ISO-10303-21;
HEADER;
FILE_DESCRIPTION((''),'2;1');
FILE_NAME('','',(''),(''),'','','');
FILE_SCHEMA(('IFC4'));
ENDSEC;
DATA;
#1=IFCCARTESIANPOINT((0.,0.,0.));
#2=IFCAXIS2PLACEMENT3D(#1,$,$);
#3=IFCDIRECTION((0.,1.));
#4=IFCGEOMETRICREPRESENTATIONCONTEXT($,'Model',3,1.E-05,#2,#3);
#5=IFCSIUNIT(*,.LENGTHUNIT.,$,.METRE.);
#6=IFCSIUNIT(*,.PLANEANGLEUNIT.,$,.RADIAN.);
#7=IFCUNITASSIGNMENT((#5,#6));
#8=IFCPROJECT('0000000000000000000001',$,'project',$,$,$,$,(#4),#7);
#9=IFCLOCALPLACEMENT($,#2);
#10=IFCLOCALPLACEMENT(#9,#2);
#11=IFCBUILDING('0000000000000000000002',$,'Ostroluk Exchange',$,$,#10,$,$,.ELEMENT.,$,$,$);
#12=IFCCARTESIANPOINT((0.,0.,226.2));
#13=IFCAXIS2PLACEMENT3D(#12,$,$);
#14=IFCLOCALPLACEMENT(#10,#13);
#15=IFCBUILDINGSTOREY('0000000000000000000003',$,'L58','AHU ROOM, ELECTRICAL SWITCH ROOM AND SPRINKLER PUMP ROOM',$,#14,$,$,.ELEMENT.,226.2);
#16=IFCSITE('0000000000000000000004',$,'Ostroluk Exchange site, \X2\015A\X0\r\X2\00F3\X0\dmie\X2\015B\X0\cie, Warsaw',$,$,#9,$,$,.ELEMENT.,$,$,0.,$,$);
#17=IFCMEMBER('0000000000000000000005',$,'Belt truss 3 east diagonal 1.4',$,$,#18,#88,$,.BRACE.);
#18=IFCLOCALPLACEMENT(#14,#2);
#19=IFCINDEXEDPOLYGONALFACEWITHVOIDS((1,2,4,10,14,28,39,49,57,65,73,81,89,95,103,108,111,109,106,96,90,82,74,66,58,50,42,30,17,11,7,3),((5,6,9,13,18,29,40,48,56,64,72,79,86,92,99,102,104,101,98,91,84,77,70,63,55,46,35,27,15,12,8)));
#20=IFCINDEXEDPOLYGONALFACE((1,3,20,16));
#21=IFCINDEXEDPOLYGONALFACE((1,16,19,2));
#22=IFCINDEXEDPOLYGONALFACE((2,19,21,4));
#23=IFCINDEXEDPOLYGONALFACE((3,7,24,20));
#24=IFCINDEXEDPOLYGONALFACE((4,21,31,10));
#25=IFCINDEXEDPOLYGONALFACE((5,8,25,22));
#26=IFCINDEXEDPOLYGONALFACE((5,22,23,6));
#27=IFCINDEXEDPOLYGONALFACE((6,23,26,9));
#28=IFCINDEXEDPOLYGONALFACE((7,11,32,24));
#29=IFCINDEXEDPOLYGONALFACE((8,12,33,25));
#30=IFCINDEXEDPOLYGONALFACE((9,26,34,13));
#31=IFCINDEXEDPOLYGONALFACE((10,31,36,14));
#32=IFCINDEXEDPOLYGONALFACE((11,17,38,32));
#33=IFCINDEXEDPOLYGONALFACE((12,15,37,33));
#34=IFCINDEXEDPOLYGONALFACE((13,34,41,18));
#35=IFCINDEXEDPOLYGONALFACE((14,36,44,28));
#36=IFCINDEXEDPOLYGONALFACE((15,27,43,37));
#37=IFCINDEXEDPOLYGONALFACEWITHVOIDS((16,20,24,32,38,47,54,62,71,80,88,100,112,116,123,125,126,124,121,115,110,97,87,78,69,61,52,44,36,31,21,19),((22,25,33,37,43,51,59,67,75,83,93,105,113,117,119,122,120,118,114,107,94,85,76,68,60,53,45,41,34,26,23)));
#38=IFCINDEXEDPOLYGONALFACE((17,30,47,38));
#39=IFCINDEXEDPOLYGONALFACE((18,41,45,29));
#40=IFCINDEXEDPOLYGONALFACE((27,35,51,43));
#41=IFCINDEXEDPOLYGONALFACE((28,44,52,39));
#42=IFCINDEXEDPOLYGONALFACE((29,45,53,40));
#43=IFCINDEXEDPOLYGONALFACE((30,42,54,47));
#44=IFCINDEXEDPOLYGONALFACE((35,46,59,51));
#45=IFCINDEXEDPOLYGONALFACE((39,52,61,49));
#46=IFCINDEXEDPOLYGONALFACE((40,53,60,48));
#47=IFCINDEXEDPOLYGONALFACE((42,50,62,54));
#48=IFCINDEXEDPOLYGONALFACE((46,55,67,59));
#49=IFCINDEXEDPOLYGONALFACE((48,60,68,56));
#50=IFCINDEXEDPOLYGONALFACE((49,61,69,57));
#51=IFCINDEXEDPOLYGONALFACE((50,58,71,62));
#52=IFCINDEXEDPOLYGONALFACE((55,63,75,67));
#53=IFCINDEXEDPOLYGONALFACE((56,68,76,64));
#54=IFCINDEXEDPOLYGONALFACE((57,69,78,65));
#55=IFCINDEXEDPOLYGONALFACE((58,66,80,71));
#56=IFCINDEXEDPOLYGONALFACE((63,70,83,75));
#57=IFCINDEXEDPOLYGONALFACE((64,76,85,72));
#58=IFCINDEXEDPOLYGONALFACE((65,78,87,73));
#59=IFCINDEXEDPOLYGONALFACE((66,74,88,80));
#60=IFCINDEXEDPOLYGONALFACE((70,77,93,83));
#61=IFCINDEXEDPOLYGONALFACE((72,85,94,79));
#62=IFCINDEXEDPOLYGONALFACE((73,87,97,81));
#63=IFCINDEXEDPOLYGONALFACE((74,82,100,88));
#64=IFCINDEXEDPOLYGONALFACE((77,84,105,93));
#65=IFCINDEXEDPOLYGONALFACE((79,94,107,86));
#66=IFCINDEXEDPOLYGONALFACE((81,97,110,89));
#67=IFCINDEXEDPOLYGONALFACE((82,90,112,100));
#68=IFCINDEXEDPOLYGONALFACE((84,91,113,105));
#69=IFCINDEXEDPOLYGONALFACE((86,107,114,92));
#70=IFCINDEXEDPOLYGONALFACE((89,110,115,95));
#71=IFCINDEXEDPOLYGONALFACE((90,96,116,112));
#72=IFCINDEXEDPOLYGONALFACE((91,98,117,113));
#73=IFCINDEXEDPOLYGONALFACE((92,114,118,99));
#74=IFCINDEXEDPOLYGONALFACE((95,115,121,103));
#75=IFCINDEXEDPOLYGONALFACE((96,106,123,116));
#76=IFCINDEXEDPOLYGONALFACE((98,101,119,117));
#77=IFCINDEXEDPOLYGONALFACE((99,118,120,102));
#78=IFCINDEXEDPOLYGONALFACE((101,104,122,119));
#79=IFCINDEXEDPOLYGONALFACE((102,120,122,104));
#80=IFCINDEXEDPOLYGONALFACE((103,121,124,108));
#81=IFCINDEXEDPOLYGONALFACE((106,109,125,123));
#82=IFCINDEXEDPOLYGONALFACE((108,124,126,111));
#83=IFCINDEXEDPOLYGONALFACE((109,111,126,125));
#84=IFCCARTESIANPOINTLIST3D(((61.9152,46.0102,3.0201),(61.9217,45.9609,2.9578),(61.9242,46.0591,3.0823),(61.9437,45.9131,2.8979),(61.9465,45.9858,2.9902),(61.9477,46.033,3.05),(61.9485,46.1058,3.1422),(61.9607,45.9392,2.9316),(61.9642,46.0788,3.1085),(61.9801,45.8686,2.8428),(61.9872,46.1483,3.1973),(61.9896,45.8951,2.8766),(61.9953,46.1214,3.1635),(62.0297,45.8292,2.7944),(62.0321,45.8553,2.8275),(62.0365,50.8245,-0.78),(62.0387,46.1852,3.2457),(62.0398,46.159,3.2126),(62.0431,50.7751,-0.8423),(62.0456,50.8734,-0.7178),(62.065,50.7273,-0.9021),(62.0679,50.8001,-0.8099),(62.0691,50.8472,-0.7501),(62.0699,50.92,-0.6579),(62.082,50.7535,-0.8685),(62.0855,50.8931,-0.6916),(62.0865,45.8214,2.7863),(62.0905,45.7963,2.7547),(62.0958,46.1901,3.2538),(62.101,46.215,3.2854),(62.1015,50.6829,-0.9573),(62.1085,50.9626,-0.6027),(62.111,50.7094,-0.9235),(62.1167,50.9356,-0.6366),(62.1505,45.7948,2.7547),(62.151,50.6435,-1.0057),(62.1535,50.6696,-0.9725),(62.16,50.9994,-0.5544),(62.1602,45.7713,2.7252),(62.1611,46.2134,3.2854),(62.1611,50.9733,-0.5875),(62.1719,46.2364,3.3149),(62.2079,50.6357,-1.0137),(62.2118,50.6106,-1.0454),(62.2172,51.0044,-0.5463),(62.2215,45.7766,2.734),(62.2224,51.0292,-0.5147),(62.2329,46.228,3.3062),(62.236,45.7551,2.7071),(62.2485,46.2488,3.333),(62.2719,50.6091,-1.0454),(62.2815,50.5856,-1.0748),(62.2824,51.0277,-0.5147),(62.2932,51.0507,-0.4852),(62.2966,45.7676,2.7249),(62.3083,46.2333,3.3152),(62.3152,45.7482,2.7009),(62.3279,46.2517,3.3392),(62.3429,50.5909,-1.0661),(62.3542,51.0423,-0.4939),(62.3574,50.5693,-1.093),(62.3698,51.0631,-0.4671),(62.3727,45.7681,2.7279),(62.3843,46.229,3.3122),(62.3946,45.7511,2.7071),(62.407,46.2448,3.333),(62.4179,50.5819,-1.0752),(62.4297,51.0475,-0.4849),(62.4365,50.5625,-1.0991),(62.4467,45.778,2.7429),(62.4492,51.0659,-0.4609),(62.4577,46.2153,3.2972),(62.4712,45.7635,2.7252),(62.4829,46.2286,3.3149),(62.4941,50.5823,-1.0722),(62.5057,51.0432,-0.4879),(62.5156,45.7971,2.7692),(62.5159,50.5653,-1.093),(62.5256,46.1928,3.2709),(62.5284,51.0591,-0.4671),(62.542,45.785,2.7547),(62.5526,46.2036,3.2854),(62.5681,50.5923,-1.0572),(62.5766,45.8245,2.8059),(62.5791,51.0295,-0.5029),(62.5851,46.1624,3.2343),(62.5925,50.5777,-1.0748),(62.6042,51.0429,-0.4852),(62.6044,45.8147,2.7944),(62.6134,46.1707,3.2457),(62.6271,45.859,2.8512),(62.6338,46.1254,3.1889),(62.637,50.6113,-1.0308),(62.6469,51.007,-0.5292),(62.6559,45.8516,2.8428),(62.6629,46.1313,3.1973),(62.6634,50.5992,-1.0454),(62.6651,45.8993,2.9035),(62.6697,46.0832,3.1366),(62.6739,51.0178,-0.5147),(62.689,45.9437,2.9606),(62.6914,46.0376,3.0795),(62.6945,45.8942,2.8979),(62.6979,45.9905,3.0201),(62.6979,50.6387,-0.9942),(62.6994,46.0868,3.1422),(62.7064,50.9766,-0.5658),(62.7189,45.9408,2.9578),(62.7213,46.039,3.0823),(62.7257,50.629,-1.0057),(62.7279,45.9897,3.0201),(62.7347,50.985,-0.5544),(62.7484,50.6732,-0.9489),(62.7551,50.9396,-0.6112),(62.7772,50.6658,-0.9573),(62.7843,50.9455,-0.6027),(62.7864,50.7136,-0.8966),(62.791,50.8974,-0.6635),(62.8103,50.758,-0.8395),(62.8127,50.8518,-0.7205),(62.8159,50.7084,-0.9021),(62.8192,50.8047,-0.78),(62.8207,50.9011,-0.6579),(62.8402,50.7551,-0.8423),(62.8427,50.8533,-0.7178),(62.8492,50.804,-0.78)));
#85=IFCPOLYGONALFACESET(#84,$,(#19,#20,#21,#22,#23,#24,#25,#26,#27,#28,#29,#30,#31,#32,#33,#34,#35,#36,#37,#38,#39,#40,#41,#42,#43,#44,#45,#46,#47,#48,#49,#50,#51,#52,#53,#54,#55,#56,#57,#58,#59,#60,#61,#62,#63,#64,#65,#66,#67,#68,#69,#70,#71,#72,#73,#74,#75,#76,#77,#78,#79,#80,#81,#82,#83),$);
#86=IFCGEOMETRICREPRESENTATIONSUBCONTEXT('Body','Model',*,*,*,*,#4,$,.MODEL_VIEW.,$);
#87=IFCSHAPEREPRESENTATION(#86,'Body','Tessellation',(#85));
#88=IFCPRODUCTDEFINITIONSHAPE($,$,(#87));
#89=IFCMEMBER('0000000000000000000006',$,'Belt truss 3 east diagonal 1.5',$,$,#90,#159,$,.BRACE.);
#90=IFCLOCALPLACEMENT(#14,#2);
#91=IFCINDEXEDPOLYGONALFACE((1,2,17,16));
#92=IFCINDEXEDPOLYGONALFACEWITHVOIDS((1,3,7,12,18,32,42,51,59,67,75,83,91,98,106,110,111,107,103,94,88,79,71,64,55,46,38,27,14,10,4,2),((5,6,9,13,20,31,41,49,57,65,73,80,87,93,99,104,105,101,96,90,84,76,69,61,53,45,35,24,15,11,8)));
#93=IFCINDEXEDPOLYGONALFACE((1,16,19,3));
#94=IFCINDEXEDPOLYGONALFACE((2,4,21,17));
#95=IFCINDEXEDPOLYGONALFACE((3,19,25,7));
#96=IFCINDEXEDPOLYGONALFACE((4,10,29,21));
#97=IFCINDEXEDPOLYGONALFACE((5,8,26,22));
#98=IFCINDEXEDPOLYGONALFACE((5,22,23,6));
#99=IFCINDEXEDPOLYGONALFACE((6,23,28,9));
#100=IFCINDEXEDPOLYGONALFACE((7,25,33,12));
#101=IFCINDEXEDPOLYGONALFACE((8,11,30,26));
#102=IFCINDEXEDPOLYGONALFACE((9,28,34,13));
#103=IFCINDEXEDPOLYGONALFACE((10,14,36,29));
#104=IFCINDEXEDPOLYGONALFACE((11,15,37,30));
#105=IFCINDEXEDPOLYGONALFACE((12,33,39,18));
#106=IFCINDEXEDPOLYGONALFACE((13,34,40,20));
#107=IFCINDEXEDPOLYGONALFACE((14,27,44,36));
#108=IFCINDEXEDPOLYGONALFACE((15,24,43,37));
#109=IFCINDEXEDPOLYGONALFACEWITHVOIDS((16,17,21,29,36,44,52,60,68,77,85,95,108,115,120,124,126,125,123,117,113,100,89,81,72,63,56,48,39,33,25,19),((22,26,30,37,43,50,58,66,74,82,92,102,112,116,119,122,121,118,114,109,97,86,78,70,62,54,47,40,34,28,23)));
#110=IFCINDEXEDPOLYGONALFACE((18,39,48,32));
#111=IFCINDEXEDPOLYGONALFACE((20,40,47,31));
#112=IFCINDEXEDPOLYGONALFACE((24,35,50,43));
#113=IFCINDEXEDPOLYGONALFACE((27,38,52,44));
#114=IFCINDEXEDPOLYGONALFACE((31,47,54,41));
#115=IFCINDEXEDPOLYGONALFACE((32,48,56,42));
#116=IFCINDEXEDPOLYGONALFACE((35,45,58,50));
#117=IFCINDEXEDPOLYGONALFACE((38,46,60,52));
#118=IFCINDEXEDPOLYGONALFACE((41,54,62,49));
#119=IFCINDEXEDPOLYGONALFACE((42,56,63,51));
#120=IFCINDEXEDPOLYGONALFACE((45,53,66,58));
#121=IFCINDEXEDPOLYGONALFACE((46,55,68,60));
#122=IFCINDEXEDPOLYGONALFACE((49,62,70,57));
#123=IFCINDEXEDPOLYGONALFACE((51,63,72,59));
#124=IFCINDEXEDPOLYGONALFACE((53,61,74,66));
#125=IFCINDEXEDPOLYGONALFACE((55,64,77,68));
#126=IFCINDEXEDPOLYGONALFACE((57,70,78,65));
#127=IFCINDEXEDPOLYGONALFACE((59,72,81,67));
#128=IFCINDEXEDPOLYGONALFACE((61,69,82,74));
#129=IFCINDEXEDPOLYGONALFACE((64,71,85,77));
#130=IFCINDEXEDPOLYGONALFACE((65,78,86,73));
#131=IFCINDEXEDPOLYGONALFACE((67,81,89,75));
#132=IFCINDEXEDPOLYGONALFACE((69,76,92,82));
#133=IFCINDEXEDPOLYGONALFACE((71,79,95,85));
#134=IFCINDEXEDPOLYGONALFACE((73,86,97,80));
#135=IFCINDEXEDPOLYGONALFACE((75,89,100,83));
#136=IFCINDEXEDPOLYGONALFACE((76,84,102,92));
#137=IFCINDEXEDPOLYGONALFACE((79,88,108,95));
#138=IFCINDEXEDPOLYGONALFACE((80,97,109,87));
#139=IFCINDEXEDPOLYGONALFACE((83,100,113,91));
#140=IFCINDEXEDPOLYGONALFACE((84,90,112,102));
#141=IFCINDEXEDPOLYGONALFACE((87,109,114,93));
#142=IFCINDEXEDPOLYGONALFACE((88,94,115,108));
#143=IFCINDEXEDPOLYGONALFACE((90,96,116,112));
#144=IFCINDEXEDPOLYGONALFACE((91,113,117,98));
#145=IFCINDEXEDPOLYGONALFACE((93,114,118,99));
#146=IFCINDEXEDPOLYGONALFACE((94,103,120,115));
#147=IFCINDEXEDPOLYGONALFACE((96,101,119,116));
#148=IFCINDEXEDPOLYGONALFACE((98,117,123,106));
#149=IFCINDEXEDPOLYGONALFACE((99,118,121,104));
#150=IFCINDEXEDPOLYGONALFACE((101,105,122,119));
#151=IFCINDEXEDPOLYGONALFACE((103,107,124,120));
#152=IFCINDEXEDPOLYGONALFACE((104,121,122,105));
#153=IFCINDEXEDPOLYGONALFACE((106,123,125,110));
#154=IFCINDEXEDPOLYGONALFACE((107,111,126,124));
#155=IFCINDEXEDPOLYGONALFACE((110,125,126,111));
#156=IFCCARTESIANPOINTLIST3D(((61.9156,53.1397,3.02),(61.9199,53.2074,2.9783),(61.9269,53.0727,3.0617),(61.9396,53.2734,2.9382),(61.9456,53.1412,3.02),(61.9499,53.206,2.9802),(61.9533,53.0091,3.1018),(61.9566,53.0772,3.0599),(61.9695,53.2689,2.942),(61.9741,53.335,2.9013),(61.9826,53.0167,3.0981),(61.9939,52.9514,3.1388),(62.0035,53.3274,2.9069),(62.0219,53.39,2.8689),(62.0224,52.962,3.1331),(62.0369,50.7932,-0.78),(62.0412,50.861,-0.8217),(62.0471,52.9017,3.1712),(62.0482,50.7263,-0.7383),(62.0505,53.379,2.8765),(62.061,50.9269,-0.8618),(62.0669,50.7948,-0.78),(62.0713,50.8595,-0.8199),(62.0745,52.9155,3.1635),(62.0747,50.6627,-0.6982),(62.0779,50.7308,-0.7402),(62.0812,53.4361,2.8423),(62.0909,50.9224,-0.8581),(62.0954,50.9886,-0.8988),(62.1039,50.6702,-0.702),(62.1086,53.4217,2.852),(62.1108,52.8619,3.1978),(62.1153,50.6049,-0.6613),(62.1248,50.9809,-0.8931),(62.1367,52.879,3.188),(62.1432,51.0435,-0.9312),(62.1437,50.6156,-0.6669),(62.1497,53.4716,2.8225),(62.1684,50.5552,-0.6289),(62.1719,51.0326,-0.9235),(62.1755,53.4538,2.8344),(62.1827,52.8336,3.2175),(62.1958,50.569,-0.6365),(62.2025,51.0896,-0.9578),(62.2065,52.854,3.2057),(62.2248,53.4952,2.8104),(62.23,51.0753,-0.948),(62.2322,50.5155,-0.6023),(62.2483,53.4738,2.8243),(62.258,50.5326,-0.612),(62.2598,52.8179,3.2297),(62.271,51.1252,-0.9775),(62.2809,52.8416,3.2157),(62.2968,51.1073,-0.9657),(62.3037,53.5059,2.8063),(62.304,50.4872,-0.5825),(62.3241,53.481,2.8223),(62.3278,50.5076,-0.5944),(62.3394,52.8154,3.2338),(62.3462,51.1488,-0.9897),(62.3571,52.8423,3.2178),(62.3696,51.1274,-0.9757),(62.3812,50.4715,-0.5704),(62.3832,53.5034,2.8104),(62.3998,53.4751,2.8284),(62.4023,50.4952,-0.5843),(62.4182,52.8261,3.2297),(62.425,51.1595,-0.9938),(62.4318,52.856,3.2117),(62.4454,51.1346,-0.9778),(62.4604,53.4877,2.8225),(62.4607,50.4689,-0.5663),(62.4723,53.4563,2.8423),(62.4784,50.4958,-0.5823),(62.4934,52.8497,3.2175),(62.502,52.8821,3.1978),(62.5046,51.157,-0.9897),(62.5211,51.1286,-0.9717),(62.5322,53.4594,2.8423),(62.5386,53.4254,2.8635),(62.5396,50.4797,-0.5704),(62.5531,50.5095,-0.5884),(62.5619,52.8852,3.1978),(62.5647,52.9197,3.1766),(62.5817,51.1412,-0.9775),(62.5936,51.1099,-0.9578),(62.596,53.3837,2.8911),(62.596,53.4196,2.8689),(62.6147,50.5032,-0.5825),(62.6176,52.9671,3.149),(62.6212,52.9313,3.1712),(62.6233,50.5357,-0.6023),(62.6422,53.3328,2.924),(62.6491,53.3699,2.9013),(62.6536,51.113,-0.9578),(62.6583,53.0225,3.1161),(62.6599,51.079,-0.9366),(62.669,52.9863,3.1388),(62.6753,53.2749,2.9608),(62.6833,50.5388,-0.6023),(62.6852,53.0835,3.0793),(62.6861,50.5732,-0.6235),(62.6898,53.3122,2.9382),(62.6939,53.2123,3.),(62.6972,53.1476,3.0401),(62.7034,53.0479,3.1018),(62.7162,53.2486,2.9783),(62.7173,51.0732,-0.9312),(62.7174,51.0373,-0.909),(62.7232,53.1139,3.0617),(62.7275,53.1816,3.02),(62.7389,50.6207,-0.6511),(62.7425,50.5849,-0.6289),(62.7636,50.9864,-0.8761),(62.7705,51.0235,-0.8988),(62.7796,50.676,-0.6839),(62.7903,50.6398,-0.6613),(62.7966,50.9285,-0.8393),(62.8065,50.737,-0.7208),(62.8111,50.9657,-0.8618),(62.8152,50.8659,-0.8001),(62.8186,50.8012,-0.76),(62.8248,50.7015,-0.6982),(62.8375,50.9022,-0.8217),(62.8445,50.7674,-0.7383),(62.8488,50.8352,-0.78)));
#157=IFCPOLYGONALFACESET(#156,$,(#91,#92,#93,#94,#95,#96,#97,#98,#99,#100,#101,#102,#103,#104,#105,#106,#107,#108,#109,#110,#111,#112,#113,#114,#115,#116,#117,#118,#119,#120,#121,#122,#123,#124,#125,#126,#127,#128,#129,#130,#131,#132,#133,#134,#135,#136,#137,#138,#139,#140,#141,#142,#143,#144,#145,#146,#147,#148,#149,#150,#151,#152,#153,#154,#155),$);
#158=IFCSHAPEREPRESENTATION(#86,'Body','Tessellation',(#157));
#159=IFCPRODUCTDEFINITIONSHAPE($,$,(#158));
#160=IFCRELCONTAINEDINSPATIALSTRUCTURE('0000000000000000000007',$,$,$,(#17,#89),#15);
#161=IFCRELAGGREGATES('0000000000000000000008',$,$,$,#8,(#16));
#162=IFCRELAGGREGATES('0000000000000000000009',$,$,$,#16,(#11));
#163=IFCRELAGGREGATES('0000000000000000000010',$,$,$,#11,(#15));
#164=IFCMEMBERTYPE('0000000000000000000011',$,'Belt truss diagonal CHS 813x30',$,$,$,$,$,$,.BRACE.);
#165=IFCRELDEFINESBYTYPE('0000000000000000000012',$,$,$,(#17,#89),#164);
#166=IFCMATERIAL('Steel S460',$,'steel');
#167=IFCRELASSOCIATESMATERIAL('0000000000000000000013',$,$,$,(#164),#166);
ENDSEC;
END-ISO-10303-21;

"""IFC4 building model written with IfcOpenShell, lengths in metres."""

from ifc_helpers import new_model, si_unit, direction, frame, origin, origin_2d, place, context, subcontext, project, spatial, hollow_circle, extrude, material, material_profile, profile_set, type_object, element, save


model = new_model("IFC4")

# Units and contexts
model_context = context("Model", 3, precision=1e-05, world=origin(), true_north=direction((0.0, 1.0)))
body_context = subcontext(model_context, "Body", "Model", "MODEL_VIEW")
ifc_project = project(units=[si_unit("LENGTHUNIT", "METRE"), si_unit("PLANEANGLEUNIT", "RADIAN")], contexts=[model_context])

# Site, building, storey
site_placement = place(None, origin())
site = spatial("IfcSite", under=ifc_project, at=site_placement, Name="Ostroluk Exchange site, Śródmieście, Warsaw", CompositionType="ELEMENT", RefElevation=0.0)
building_placement = place(site_placement, origin())
building = spatial("IfcBuilding", under=site, at=building_placement, Name="Ostroluk Exchange", CompositionType="ELEMENT")
storey_placement = place(building_placement, frame((0.0, 0.0, 226.2)))
storey = spatial("IfcBuildingStorey", under=building, at=storey_placement, Name="L58", Description="AHU ROOM, ELECTRICAL SWITCH ROOM AND SPRINKLER PUMP ROOM", CompositionType="ELEMENT", Elevation=226.2)

# Members
ifc_material_1 = material(Name="Steel S460", Category="steel")
ifc_material_profile_1 = material_profile(ifc_material_1, hollow_circle(Radius=0.4065, WallThickness=0.03, at=origin_2d()), Name="CHS 813x30")
ifc_profile_set_1 = profile_set([ifc_material_profile_1], Name="Steel S460")
member_type_1 = type_object("IfcMemberType", Name="Belt truss diagonal CHS 813x30", PredefinedType="BRACE", material=ifc_profile_set_1)
member_1_placement = place(storey_placement, frame((62.4429, 50.8142, -0.78), z_axis=(-0.01978, -0.78478, 0.619459), x_axis=(0.999683, -0.025196, 0.0)))
element("IfcMember", 1, at=member_1_placement, inside=storey, type_object=member_type_1, Name="Belt truss 3 east diagonal 1.4", PredefinedType="BRACE", context=body_context, shape_type="SweptSolid", body=[
    extrude(hollow_circle(Radius=0.4065, WallThickness=0.03, at=origin_2d()), origin(), (0.0, 0.0, 1.0), 6.1345),
])
member_2_placement = place(storey_placement, frame((62.4429, 50.8142, -0.78), z_axis=(-0.027159, 0.525193, 0.85055), x_axis=(-0.998666, -0.051643, 0.0)))
element("IfcMember", 2, at=member_2_placement, inside=storey, type_object=member_type_1, Name="Belt truss 3 east diagonal 1.5", PredefinedType="BRACE", context=body_context, shape_type="SweptSolid", body=[
    extrude(hollow_circle(Radius=0.4065, WallThickness=0.03, at=origin_2d()), origin(), (0.0, 0.0, 1.0), 4.4678),
])

save(model, "model.ifc")
